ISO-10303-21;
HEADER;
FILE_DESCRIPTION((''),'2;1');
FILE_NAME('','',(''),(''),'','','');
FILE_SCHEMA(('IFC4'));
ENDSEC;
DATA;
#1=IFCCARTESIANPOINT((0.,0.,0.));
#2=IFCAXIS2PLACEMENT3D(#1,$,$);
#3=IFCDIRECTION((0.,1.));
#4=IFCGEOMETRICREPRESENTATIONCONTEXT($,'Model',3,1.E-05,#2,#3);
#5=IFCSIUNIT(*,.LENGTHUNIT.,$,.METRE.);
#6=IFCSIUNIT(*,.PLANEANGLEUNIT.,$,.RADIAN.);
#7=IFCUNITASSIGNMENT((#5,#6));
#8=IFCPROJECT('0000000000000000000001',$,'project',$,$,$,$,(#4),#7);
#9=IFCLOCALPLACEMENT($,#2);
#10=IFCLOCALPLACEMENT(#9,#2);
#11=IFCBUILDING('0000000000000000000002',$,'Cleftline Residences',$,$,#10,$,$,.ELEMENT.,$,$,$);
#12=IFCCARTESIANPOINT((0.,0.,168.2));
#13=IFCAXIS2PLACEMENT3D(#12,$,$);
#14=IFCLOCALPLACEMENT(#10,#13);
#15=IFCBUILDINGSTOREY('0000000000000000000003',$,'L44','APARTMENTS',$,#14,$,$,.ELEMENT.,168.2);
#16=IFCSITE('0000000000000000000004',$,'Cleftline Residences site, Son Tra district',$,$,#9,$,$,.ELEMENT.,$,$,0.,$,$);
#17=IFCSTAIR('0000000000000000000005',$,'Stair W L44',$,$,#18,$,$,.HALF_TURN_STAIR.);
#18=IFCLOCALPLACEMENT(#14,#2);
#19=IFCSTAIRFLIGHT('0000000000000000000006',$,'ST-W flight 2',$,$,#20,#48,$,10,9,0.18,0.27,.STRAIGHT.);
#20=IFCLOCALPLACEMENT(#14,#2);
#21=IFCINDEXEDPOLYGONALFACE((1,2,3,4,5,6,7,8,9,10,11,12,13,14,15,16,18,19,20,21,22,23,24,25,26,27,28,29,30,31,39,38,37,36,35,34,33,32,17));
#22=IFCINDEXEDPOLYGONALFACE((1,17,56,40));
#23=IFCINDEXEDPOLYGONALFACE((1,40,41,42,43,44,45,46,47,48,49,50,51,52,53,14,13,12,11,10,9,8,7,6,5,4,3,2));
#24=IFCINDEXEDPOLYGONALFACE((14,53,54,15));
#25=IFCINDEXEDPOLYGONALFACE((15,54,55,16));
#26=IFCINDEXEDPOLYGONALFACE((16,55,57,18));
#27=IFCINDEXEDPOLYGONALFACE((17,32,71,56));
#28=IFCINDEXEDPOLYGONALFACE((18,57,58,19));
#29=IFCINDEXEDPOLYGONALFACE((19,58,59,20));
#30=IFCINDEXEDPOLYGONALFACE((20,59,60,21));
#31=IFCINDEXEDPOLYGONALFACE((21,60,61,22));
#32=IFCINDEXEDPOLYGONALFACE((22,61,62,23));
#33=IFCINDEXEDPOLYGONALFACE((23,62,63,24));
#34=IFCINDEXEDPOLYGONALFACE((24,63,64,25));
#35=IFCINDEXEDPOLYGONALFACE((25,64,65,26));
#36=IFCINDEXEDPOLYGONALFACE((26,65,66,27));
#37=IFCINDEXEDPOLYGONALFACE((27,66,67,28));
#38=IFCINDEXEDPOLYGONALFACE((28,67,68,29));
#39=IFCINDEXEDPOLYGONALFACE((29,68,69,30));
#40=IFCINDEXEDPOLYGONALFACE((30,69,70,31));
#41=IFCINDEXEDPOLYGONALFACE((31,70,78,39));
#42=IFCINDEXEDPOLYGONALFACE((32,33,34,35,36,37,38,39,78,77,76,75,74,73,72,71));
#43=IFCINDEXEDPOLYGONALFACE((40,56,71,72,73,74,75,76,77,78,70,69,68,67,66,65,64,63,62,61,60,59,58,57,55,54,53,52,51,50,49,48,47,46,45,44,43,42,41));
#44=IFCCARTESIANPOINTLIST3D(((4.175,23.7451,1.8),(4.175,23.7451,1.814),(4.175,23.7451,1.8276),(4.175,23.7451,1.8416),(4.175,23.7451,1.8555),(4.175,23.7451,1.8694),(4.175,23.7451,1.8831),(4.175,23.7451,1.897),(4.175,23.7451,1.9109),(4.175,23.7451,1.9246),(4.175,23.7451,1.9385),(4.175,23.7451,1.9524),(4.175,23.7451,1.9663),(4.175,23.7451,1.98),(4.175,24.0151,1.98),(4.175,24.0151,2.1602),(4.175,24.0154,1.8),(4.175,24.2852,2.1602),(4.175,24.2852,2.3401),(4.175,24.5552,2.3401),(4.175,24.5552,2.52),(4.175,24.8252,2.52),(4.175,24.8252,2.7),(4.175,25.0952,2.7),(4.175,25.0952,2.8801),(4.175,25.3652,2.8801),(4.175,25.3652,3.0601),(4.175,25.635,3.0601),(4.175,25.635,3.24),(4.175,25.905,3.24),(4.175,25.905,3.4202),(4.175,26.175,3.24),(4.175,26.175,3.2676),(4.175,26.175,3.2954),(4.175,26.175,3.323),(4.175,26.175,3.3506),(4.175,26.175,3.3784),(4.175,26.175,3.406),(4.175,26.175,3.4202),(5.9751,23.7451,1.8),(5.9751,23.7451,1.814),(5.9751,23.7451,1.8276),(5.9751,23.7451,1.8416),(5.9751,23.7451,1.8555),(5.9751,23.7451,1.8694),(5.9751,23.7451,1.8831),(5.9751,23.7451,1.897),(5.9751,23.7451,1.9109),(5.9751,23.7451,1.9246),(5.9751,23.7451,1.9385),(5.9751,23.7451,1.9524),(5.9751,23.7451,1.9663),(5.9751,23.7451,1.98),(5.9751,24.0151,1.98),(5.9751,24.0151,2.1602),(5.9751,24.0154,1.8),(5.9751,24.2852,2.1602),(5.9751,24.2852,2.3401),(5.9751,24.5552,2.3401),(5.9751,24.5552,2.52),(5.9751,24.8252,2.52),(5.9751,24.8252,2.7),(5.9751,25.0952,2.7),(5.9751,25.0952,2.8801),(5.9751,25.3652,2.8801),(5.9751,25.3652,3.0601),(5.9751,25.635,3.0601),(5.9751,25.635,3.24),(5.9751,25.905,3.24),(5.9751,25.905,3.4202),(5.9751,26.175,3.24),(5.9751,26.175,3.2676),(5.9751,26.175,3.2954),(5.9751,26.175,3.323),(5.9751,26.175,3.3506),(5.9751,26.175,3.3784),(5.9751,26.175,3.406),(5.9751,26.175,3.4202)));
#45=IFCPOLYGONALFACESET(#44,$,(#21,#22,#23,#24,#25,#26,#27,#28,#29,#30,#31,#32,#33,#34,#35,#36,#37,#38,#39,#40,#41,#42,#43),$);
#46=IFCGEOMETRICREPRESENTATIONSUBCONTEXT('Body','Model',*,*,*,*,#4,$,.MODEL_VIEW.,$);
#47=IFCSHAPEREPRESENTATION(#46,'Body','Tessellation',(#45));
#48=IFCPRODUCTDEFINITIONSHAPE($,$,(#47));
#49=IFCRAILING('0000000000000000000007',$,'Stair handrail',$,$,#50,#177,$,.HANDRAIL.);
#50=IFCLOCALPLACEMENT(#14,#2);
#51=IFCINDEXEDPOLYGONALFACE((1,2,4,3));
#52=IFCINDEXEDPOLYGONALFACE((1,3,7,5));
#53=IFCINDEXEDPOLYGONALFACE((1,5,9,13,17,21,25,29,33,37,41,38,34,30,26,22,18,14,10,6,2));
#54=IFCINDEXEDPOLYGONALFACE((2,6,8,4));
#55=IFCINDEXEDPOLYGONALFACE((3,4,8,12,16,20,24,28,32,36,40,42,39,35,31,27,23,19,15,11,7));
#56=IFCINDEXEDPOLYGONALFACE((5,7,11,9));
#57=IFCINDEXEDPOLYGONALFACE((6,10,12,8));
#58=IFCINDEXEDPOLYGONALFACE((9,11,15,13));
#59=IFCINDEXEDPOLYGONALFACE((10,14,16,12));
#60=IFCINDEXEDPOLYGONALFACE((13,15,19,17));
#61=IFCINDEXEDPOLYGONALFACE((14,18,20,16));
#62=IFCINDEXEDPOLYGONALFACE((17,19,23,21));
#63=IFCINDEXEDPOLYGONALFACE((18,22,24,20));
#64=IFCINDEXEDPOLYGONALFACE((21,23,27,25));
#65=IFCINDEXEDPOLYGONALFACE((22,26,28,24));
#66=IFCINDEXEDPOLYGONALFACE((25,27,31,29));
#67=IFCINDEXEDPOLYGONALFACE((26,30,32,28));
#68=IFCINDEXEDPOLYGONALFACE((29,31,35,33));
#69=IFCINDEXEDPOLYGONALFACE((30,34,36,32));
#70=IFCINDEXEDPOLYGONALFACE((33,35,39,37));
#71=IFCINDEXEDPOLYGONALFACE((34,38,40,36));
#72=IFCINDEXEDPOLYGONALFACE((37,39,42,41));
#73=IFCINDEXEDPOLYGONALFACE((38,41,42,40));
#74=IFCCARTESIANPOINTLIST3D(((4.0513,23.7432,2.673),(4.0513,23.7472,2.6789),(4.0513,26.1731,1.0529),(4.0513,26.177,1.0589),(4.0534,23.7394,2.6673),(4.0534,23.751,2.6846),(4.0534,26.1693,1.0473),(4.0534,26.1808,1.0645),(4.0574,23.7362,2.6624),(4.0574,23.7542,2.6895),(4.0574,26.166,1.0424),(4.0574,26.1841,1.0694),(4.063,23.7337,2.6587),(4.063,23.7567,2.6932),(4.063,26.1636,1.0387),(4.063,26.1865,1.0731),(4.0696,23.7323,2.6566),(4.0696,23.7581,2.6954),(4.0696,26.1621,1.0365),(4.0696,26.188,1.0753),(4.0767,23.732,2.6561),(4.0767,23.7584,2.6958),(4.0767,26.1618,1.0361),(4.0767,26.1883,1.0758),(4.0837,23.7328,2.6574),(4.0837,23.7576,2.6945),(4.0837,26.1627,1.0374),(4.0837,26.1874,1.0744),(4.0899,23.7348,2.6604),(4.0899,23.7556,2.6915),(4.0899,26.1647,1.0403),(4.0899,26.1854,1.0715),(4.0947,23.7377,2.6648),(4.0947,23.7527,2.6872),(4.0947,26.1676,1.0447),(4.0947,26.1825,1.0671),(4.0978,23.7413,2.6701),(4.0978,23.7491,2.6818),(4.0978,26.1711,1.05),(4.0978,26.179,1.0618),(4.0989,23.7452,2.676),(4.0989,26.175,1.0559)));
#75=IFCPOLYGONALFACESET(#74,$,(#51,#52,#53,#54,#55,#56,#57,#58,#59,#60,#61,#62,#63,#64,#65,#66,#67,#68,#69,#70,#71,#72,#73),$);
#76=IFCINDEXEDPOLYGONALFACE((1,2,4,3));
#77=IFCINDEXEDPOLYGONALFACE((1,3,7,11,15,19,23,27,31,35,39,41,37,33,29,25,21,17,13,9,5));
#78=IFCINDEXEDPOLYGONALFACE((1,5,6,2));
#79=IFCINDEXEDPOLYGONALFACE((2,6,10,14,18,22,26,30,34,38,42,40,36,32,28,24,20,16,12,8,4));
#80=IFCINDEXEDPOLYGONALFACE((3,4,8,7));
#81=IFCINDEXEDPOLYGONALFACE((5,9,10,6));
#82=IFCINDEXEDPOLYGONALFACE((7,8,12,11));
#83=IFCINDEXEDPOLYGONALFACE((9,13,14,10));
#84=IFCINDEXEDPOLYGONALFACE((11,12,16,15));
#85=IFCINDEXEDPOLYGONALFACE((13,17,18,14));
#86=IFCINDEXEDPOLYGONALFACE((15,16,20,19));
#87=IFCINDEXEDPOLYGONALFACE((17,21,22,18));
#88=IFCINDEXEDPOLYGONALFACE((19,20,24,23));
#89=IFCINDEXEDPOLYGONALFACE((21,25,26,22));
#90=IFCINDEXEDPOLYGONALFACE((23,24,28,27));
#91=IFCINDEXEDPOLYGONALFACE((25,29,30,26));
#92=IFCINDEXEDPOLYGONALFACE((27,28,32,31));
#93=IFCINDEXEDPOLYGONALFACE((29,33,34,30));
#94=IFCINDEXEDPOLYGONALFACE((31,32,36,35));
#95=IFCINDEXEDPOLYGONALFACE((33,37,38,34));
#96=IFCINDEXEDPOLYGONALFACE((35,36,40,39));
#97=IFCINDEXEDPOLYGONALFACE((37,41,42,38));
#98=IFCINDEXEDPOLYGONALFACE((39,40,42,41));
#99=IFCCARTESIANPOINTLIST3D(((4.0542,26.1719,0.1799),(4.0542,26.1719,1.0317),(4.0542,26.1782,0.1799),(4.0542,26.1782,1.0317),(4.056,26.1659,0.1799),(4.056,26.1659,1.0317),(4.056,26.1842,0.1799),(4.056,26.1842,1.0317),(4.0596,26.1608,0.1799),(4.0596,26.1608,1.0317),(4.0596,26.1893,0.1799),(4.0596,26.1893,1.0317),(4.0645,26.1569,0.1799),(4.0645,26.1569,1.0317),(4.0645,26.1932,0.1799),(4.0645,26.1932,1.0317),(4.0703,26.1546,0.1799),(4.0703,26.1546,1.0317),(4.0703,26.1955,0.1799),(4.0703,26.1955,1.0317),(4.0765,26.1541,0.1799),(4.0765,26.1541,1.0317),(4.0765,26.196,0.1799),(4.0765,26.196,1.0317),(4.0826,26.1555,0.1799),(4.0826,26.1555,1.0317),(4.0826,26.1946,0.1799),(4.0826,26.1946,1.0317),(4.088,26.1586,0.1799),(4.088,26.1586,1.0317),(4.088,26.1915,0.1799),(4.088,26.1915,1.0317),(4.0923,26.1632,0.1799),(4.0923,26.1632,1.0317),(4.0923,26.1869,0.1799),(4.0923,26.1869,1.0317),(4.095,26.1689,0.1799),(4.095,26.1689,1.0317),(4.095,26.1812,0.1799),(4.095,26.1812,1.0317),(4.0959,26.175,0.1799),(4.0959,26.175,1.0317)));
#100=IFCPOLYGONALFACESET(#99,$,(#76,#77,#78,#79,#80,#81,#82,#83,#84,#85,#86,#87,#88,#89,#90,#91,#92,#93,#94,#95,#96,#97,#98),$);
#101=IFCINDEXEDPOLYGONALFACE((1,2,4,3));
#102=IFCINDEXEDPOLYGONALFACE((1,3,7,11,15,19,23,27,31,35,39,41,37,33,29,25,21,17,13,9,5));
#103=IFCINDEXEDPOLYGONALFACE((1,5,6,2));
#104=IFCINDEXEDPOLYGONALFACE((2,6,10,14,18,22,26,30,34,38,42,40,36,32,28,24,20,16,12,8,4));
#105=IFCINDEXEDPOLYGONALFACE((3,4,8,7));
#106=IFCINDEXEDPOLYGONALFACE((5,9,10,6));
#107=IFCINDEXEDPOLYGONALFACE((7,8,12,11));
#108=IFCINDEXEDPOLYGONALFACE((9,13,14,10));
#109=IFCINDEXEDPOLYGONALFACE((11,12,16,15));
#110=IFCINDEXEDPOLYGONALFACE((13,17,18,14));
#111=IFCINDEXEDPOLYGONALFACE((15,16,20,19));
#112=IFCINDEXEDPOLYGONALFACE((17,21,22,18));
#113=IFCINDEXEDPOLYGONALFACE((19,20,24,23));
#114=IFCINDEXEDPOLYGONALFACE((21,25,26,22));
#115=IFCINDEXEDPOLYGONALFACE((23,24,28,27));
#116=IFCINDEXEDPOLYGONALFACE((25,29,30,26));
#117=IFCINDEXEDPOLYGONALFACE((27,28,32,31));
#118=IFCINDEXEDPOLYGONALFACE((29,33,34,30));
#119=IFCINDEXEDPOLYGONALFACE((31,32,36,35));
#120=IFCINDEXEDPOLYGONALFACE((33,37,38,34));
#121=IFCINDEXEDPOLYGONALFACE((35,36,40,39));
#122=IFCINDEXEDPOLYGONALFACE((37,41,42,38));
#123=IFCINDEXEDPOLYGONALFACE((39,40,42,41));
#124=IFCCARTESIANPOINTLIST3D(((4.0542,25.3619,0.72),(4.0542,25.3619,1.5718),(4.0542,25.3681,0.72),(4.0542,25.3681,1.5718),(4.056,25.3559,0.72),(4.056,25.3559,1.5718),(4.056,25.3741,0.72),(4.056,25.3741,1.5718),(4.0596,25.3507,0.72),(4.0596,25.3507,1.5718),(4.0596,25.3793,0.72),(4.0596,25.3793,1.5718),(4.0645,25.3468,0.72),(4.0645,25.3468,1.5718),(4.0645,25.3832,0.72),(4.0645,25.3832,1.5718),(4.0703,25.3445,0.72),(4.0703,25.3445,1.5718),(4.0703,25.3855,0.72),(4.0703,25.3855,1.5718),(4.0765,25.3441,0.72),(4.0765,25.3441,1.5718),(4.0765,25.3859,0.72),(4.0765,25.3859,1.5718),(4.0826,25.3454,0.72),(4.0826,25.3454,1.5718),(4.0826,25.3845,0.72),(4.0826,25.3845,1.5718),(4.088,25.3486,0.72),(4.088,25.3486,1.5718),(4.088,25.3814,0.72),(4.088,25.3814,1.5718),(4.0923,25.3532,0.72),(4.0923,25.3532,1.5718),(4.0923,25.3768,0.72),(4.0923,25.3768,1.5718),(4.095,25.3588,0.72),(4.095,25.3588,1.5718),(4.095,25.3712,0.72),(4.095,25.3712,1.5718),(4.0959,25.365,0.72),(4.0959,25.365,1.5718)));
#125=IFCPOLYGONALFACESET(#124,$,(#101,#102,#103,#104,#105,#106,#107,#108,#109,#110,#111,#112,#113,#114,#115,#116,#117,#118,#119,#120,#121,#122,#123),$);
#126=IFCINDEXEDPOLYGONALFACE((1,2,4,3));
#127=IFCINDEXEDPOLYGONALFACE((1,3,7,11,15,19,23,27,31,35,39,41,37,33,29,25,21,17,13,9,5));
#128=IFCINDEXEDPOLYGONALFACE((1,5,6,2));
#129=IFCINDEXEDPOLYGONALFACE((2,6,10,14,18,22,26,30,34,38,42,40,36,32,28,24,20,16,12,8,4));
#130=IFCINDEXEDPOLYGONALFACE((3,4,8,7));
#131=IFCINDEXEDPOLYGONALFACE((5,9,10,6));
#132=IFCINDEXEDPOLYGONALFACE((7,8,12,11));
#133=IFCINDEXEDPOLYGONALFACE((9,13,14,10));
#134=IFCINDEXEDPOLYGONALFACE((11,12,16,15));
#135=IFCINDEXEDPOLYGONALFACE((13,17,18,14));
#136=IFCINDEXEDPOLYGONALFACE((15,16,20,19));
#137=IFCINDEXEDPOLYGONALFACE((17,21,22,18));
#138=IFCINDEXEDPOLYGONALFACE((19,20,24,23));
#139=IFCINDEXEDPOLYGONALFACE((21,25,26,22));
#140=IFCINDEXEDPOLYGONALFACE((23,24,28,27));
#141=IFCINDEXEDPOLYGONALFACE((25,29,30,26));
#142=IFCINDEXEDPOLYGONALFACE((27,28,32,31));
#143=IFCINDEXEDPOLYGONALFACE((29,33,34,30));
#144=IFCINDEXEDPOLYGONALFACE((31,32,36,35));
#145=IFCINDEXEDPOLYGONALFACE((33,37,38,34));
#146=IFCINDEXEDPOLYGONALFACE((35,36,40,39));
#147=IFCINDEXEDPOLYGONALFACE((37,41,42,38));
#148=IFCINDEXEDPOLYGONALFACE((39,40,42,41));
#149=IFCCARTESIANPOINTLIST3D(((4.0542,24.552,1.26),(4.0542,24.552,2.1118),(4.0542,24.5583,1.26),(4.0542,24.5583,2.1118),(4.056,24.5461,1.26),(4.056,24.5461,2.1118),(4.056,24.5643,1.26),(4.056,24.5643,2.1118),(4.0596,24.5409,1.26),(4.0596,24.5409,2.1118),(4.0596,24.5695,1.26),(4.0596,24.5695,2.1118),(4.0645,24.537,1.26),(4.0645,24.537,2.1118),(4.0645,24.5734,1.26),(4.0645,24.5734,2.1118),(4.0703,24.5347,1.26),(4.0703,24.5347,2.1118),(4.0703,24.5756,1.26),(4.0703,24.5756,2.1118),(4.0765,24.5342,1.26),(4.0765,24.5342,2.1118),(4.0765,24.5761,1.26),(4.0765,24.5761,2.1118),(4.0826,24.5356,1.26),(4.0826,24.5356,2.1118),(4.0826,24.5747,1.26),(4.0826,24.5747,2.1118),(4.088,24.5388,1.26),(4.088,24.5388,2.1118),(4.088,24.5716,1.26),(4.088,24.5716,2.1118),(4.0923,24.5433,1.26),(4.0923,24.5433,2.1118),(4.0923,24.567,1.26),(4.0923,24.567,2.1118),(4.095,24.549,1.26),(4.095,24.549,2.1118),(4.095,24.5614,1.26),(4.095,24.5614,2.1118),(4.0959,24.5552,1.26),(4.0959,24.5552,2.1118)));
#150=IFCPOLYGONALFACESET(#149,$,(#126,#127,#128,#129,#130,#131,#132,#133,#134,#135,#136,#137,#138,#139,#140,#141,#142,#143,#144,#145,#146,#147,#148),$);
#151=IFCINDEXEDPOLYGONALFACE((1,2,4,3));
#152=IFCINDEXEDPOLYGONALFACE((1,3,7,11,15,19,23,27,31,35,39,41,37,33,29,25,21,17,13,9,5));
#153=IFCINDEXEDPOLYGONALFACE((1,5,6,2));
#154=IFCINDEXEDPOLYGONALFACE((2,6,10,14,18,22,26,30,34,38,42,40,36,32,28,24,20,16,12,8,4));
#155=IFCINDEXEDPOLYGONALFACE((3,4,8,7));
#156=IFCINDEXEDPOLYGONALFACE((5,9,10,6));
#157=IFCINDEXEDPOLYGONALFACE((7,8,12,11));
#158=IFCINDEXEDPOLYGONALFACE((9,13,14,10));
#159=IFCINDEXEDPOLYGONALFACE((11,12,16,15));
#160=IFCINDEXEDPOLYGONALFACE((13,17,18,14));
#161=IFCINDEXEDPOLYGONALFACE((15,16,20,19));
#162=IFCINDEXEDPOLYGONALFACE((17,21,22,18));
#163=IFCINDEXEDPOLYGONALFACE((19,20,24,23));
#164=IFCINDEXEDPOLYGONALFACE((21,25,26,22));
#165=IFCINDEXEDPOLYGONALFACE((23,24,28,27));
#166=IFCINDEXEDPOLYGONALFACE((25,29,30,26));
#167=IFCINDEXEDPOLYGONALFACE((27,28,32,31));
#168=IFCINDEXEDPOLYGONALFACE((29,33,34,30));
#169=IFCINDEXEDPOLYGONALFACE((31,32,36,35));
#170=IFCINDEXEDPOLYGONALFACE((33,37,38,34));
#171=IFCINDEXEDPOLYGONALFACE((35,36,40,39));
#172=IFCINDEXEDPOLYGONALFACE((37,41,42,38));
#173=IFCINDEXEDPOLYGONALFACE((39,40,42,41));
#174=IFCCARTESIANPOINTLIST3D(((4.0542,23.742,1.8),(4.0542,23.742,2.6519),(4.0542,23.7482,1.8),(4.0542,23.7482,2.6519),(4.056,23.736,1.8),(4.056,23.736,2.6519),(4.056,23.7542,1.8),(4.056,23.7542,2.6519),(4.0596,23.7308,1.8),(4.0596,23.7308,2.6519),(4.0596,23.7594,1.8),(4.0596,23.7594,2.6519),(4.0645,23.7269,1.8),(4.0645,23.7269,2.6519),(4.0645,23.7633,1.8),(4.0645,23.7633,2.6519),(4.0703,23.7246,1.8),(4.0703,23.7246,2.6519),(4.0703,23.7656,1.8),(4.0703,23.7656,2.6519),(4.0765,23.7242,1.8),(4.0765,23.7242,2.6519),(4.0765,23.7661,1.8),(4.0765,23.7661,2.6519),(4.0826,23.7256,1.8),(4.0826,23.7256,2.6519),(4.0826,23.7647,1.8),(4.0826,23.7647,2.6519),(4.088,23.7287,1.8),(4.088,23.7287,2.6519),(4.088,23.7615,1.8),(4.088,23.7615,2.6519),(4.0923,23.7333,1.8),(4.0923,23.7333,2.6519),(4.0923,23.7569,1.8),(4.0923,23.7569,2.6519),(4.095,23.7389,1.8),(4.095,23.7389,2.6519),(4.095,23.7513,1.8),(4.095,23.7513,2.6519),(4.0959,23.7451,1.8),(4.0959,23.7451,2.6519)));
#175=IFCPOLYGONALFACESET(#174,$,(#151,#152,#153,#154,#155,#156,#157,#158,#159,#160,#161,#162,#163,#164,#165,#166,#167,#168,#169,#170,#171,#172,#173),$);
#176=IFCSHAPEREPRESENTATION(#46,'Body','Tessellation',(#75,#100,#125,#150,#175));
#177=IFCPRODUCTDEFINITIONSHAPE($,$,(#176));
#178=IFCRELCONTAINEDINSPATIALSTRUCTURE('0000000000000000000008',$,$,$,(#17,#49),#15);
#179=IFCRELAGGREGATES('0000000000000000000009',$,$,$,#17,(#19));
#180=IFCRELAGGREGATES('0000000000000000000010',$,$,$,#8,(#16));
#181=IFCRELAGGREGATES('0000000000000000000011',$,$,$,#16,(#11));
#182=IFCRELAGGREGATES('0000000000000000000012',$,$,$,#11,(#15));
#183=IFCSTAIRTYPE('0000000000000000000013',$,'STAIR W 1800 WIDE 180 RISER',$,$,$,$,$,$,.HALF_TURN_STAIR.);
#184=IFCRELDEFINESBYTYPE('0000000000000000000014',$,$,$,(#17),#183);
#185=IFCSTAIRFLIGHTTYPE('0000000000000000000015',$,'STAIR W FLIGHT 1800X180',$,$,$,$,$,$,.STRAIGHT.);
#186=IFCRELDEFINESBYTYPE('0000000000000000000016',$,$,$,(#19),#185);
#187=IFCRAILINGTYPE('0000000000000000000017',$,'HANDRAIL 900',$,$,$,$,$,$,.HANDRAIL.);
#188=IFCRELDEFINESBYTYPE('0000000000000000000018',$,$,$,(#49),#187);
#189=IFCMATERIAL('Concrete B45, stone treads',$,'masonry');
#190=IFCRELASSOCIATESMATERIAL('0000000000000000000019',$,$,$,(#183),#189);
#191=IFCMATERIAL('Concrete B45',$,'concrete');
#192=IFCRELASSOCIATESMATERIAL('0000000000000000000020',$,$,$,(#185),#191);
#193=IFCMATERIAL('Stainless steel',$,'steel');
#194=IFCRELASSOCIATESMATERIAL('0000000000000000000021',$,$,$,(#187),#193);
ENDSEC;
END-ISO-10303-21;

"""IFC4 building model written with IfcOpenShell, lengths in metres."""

from ifc_helpers import new_model, si_unit, direction, frame, origin, origin_2d, place, context, subcontext, project, spatial, polyline, circle, outline, extrude, material, type_object, element, aggregate, save


model = new_model("IFC4")

# Units and contexts
model_context = context("Model", 3, precision=1e-05, world=origin(), true_north=direction((0.0, 1.0)))
body_context = subcontext(model_context, "Body", "Model", "MODEL_VIEW")
ifc_project = project(units=[si_unit("LENGTHUNIT", "METRE"), si_unit("PLANEANGLEUNIT", "RADIAN")], contexts=[model_context])

# Site, building, storey
site_placement = place(None, origin())
site = spatial("IfcSite", under=ifc_project, at=site_placement, Name="Cleftline Residences site, Son Tra district", CompositionType="ELEMENT", RefElevation=0.0)
building_placement = place(site_placement, origin())
building = spatial("IfcBuilding", under=site, at=building_placement, Name="Cleftline Residences", CompositionType="ELEMENT")
storey_placement = place(building_placement, frame((0.0, 0.0, 168.2)))
storey = spatial("IfcBuildingStorey", under=building, at=storey_placement, Name="L44", Description="APARTMENTS", CompositionType="ELEMENT", Elevation=168.2)

# Stair, stair flight
ifc_material_1 = material(Name="Concrete B45, stone treads", Category="masonry")
stair_type = type_object("IfcStairType", Name="STAIR W 1800 WIDE 180 RISER", PredefinedType="HALF_TURN_STAIR", material=ifc_material_1)
stair_placement = place(storey_placement, origin())
stair = element("IfcStair", 1, at=stair_placement, inside=storey, type_object=stair_type, Name="Stair W L44", PredefinedType="HALF_TURN_STAIR")
ifc_material_2 = material(Name="Concrete B45", Category="concrete")
stair_flight_type = type_object("IfcStairFlightType", Name="STAIR W FLIGHT 1800X180", PredefinedType="STRAIGHT", material=ifc_material_2)
stair_flight_1_placement = place(storey_placement, frame((5.075, 23.7451, 1.8), z_axis=(0.0, 0.0, 1.0), x_axis=(0.0, 1.0, 0.0)))
stair_flight_1 = element("IfcStairFlight", 2, at=stair_flight_1_placement, type_object=stair_flight_type, Name="ST-W flight 2", NumberOfRisers=10, NumberOfTreads=9, PredefinedType="STRAIGHT", RiserHeight=0.18, TreadLength=0.27, context=body_context, shape_type="SweptSolid", body=[
    extrude(outline(polyline([(0.0, 0.0), (0.0, 0.0139), (0.0, 0.0276), (0.0, 0.0415), (0.0, 0.0554), (0.0, 0.0693), (0.0, 0.083), (0.0, 0.0969), (0.0, 0.1108), (0.0, 0.1245), (0.0, 0.1384), (0.0, 0.1523), (0.0, 0.1663), (0.0, 0.1799), (0.27, 0.1799), (0.27, 0.3601), (0.54, 0.3601), (0.54, 0.54), (0.8101, 0.54), (0.8101, 0.72), (1.0801, 0.72), (1.0801, 0.8999), (1.3501, 0.8999), (1.3501, 1.0801), (1.6201, 1.0801), (1.6201, 1.26), (1.8899, 1.26), (1.8899, 1.4399), (2.1599, 1.4399), (2.1599, 1.6201), (2.4299, 1.6201), (2.4299, 1.8), (2.4299, 1.7722), (2.4299, 1.7446), (2.4299, 1.7168), (2.4299, 1.6892), (2.4299, 1.6614), (2.4299, 1.6338), (2.4299, 1.606), (2.4299, 1.5784), (2.4299, 1.5505), (2.4299, 1.5229), (2.4299, 1.4954), (2.4299, 1.4675), (2.4299, 1.4399), (0.2703, 0.0), (0.0, 0.0)])), frame((0.0, 0.8999, 0.0), z_axis=(0.0, -1.0, 0.0), x_axis=(1.0, 0.0, 0.0)), (0.0, 0.0, 1.0), 1.8),
])
aggregate(stair, [stair_flight_1])

# Railing
ifc_material_3 = material(Name="Stainless steel", Category="steel")
railing_type = type_object("IfcRailingType", Name="HANDRAIL 900", PredefinedType="HANDRAIL", material=ifc_material_3)
railing_1_placement = place(storey_placement, frame((4.075, 26.175, 0.1799)))
element("IfcRailing", 3, at=railing_1_placement, inside=storey, type_object=railing_type, Name="Stair handrail", PredefinedType="HANDRAIL", context=body_context, shape_type="SweptSolid", body=[
    extrude(circle(Radius=0.0239, at=origin_2d()), frame((0.0, 0.0, 0.876), z_axis=(0.0, -0.832025, 0.554739), x_axis=(1.0, 0.0, 0.0)), (0.0, 0.0, 1.0), 2.9204),
    extrude(circle(Radius=0.021, at=origin_2d()), origin(), (0.0, 0.0, 1.0), 0.8518),
    extrude(circle(Radius=0.021, at=origin_2d()), frame((0.0, -0.8101, 0.54)), (0.0, 0.0, 1.0), 0.8518),
    extrude(circle(Radius=0.021, at=origin_2d()), frame((0.0, -1.6199, 1.0801)), (0.0, 0.0, 1.0), 0.8518),
    extrude(circle(Radius=0.021, at=origin_2d()), frame((0.0, -2.4299, 1.6201)), (0.0, 0.0, 1.0), 0.8518),
])

save(model, "model.ifc")
